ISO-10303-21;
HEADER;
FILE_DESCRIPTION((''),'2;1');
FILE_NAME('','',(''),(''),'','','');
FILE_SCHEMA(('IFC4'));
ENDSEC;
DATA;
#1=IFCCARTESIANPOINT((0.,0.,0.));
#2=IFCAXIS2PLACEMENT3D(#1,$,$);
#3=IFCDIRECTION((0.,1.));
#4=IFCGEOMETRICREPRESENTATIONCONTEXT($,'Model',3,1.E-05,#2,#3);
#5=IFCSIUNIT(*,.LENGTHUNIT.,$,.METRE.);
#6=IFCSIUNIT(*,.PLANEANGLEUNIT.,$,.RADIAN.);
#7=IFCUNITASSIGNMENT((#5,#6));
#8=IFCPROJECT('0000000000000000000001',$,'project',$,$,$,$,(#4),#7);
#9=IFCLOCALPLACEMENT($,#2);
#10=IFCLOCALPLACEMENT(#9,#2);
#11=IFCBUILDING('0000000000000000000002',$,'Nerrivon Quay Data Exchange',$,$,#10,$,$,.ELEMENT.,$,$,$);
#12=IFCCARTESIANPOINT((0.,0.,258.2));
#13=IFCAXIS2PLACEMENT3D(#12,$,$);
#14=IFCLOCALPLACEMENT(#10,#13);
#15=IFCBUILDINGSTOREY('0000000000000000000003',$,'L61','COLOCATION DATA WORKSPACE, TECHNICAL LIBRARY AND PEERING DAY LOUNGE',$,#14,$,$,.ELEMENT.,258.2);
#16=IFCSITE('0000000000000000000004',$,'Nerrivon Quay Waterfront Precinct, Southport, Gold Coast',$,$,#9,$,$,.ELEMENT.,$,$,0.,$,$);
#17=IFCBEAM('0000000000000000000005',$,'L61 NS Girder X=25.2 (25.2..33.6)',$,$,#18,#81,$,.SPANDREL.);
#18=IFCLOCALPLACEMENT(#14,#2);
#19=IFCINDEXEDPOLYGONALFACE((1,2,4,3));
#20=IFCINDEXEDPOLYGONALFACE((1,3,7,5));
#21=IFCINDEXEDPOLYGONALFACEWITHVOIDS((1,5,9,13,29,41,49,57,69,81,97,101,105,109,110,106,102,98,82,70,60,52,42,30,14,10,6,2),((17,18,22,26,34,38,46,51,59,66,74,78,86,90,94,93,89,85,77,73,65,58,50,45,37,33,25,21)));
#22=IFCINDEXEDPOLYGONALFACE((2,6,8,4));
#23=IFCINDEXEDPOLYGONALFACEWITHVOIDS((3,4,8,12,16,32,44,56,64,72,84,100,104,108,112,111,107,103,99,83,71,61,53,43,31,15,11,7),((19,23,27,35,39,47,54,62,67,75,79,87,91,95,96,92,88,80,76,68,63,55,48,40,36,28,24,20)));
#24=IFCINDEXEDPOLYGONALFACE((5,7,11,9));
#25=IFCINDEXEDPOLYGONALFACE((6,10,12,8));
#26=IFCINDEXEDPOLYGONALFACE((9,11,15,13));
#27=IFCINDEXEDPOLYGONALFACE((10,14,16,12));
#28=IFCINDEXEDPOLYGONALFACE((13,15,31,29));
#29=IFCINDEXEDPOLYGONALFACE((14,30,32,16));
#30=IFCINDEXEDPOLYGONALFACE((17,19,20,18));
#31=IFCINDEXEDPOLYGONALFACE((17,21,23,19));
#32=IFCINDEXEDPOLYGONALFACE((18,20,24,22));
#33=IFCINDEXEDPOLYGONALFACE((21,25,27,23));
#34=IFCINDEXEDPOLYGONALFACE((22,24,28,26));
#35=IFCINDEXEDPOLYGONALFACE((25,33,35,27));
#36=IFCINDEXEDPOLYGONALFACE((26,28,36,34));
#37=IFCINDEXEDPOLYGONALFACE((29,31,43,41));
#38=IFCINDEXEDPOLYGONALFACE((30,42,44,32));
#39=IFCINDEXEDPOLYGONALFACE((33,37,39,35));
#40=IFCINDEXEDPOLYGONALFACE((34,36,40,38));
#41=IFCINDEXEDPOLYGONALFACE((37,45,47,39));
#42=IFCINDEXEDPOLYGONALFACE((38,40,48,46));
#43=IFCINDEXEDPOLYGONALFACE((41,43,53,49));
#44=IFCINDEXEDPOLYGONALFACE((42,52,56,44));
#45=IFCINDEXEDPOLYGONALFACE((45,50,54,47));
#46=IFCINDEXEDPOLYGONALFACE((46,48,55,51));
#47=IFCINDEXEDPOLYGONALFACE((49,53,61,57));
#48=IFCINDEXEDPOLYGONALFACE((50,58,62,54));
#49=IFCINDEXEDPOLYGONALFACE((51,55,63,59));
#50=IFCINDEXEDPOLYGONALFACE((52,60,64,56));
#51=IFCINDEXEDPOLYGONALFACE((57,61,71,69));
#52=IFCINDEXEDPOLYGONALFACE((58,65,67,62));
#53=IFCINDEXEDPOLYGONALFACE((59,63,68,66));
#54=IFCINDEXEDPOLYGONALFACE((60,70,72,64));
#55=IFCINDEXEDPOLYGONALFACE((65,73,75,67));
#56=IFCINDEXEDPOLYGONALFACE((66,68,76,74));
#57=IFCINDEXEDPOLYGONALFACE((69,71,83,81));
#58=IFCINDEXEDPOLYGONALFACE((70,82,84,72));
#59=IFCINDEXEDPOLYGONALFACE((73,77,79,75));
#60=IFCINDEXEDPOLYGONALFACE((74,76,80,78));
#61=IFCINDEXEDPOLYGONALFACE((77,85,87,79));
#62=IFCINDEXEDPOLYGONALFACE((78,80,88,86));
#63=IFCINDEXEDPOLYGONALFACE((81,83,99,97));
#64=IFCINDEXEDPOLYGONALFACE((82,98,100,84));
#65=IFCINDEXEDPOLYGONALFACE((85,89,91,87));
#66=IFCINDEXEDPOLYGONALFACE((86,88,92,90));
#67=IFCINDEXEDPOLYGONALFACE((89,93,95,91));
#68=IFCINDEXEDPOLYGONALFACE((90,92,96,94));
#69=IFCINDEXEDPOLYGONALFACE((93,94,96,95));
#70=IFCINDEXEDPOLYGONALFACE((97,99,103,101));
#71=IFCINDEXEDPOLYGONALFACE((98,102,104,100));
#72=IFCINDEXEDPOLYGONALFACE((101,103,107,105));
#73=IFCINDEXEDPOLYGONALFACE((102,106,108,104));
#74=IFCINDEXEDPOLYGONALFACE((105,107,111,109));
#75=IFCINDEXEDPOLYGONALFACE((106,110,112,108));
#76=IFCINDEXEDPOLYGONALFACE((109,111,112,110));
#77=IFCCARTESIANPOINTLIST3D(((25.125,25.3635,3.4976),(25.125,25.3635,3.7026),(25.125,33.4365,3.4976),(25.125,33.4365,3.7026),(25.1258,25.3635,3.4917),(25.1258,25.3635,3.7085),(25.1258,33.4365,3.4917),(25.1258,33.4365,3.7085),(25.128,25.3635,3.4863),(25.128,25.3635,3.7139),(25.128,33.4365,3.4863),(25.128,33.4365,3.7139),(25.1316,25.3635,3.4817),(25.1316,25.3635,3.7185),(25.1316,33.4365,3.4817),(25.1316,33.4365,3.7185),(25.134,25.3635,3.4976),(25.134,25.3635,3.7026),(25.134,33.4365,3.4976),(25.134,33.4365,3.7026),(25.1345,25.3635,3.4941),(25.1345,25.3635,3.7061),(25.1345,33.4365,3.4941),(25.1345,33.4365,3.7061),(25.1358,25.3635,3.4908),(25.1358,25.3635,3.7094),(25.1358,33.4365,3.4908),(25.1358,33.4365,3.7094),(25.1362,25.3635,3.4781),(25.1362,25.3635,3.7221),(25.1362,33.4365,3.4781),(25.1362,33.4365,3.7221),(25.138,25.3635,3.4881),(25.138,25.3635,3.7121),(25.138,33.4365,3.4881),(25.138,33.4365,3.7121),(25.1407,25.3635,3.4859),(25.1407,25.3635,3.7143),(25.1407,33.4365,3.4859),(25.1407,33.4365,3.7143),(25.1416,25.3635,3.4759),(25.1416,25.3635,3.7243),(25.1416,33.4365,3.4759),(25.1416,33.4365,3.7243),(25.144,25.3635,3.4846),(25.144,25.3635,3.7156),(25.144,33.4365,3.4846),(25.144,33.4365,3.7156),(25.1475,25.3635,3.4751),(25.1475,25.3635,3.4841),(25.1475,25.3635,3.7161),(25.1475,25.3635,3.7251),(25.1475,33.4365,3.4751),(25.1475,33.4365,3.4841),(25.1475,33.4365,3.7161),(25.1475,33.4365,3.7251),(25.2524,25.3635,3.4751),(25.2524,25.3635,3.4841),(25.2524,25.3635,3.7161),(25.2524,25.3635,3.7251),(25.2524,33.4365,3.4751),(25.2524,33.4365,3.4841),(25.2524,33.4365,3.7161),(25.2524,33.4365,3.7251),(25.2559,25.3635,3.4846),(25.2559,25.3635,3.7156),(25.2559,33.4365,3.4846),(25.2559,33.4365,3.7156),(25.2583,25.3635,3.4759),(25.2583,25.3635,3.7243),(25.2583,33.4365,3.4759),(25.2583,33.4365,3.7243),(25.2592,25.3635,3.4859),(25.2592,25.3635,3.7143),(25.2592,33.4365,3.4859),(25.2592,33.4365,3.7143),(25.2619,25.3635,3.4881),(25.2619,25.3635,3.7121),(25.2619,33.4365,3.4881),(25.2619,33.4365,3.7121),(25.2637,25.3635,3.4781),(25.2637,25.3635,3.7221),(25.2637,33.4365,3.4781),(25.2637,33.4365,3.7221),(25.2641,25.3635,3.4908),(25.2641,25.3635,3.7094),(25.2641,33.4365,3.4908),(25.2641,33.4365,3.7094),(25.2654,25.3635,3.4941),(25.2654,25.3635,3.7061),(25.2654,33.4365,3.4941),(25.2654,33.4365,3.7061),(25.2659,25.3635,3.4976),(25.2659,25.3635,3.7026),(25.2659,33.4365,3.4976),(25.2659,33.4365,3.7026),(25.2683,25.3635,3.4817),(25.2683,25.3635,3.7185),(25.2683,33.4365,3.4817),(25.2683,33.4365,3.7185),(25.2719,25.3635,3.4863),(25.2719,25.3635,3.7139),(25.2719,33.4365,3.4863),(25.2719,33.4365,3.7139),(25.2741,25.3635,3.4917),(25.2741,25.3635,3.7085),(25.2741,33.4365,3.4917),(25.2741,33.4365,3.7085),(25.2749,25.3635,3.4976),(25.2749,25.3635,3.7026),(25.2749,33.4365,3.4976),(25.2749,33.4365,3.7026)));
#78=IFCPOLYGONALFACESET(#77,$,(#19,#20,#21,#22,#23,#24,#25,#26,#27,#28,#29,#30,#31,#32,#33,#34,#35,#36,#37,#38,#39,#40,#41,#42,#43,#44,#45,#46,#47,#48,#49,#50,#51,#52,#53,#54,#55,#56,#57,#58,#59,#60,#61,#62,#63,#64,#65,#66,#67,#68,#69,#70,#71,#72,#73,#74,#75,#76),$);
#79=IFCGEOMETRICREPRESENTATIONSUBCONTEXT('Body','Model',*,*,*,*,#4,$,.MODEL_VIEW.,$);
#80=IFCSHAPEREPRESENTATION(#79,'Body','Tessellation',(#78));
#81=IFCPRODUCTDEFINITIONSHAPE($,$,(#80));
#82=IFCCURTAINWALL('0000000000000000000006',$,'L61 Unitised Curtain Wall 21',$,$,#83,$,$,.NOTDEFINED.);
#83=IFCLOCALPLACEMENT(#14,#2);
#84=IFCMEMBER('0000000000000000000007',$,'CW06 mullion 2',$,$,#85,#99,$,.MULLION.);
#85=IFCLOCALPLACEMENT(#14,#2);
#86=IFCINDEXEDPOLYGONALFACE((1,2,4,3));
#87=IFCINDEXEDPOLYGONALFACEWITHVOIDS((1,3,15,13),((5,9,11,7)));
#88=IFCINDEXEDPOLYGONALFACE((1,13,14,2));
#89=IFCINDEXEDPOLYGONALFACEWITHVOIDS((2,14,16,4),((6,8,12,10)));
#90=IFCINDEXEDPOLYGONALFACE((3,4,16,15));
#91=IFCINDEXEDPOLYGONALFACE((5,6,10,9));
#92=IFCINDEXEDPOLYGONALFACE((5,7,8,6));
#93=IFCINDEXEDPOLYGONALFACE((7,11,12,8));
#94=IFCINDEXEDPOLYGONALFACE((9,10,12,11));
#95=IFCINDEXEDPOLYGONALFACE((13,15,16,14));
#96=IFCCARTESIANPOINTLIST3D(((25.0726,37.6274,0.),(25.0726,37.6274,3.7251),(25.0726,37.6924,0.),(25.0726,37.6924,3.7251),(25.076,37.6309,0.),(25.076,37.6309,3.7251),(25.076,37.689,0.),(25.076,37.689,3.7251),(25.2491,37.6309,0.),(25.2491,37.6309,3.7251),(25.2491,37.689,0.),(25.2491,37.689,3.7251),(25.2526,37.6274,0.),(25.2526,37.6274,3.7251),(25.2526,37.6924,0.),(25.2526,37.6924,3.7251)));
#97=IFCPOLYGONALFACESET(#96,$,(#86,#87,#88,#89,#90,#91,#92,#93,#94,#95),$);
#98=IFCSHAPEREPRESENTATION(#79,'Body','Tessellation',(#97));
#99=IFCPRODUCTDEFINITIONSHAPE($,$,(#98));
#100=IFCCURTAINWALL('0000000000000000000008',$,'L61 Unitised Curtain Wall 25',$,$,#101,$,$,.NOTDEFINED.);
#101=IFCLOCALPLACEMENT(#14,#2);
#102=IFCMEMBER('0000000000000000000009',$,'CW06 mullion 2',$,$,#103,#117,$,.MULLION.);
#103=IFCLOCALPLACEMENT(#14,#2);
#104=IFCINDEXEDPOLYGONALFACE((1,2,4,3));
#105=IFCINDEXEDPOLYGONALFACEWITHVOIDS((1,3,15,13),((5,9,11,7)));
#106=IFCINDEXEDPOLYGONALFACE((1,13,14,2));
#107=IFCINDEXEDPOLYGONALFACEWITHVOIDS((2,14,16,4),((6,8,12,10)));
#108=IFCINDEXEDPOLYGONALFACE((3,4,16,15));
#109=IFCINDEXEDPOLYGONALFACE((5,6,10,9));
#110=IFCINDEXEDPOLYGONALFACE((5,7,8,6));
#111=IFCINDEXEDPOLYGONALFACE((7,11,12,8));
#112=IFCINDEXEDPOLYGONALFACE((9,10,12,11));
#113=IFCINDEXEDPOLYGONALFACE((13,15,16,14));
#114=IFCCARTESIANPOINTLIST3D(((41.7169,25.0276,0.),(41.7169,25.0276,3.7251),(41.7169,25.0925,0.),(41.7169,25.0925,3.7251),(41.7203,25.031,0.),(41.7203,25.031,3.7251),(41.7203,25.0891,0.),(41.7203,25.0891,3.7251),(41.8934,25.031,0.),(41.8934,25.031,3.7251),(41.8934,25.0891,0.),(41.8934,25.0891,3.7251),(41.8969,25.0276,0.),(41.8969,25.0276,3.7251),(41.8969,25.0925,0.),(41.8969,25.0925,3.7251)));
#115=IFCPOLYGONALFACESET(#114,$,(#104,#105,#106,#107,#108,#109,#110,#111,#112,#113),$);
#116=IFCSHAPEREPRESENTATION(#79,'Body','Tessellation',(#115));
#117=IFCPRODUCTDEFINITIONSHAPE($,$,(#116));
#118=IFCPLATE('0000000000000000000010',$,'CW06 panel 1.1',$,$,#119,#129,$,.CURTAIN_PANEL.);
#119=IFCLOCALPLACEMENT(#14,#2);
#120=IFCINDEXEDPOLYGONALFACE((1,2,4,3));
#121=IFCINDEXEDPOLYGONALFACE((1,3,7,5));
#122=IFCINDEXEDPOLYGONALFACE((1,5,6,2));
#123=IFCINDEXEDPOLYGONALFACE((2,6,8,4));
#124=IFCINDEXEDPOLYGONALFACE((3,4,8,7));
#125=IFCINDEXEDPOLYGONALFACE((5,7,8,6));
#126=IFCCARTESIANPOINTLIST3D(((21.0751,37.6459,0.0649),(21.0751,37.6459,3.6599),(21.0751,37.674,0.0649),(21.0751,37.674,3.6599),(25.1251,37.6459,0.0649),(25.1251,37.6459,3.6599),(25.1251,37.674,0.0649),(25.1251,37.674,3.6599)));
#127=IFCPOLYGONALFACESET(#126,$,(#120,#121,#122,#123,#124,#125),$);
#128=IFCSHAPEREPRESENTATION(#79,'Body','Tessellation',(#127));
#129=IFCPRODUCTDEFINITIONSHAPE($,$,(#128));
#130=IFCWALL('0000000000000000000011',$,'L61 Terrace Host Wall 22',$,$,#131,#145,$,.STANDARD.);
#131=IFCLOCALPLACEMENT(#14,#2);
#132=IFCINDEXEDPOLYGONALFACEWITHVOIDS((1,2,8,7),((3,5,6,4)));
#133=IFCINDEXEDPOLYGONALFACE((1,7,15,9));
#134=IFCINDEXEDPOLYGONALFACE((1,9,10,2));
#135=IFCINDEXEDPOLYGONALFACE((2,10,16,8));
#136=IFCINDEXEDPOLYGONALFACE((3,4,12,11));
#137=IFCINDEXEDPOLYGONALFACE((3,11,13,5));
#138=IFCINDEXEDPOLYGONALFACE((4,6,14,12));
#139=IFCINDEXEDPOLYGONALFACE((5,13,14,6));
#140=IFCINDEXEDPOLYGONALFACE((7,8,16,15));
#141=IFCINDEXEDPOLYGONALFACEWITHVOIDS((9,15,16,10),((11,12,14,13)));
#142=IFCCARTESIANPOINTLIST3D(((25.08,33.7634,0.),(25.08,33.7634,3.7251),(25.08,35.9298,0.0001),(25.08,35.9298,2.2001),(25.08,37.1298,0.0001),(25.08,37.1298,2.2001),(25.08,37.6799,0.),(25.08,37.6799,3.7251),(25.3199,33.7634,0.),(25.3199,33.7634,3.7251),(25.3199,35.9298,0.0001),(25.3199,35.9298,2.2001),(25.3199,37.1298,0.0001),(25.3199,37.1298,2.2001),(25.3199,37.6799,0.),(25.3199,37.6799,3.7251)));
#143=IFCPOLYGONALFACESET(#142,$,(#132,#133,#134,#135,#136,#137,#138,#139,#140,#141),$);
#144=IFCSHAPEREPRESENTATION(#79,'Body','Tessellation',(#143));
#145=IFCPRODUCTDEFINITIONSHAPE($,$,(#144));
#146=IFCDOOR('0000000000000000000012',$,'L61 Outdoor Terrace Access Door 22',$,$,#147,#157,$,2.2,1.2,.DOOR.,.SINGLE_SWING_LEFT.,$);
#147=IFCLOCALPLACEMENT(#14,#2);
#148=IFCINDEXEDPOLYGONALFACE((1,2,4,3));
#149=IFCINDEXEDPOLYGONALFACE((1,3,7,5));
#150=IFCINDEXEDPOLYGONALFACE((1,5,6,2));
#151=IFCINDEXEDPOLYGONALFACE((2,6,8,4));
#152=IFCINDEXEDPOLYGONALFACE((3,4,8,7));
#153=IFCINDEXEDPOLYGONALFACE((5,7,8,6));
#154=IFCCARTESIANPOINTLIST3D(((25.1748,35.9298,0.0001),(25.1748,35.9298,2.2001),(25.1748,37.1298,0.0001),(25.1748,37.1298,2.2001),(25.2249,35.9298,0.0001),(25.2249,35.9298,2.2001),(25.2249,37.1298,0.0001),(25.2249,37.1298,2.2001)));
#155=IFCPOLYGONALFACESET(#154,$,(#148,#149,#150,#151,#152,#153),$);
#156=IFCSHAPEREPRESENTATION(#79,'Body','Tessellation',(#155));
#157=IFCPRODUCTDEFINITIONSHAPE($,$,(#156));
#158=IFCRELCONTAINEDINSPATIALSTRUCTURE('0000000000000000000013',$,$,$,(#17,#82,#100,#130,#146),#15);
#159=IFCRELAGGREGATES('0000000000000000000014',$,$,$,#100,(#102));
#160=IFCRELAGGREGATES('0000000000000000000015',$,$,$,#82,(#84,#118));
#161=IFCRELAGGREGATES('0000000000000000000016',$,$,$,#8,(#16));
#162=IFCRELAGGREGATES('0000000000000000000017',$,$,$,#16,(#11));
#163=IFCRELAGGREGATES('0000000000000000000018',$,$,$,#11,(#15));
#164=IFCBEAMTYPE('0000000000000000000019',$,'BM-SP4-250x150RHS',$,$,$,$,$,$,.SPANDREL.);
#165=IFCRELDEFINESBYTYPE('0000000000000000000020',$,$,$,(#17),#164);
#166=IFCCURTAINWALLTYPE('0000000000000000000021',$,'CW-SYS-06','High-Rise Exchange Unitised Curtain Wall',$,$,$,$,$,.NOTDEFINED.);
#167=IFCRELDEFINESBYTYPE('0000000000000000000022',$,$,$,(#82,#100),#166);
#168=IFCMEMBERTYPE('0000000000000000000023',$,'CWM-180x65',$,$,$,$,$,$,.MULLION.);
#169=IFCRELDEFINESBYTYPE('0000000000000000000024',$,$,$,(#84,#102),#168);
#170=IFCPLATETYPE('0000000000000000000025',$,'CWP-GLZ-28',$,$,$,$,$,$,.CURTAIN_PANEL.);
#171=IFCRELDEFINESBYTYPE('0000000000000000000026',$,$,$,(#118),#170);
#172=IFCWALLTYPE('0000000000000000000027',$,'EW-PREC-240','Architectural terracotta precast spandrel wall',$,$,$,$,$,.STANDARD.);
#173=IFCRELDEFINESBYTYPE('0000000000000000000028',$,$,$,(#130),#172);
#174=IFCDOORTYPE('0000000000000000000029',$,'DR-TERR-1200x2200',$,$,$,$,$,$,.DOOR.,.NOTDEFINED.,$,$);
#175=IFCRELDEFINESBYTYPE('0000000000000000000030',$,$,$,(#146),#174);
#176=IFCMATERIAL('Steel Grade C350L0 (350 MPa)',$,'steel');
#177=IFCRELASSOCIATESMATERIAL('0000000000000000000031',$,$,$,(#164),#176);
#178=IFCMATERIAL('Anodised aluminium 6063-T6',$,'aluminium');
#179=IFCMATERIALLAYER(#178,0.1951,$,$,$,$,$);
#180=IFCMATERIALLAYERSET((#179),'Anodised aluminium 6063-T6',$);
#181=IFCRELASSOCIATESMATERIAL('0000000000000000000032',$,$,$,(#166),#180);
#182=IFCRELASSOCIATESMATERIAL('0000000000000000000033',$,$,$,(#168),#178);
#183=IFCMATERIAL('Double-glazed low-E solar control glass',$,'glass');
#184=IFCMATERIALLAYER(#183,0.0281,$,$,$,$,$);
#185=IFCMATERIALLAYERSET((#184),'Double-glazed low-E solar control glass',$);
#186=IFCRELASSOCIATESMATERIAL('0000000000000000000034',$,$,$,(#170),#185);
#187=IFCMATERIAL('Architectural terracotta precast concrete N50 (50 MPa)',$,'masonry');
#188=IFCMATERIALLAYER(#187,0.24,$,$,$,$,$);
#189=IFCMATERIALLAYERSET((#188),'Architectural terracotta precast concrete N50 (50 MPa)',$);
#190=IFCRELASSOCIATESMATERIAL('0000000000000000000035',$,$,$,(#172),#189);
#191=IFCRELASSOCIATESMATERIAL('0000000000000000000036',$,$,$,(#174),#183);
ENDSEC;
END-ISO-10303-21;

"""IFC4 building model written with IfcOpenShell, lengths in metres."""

from ifc_helpers import new_model, si_unit, direction, frame, frame_2d, origin, origin_2d, place, context, subcontext, project, spatial, rectangle, hollow_rectangle, extrude, material, layer, layer_set, material_profile, profile_set, type_object, element, fill, aggregate, save


model = new_model("IFC4")

# Units and contexts
model_context = context("Model", 3, precision=1e-05, world=origin(), true_north=direction((0.0, 1.0)))
body_context = subcontext(model_context, "Body", "Model", "MODEL_VIEW")
ifc_project = project(units=[si_unit("LENGTHUNIT", "METRE"), si_unit("PLANEANGLEUNIT", "RADIAN")], contexts=[model_context])

# Site, building, storey
site_placement = place(None, origin())
site = spatial("IfcSite", under=ifc_project, at=site_placement, Name="Nerrivon Quay Waterfront Precinct, Southport, Gold Coast", CompositionType="ELEMENT", RefElevation=0.0)
building_placement = place(site_placement, origin())
building = spatial("IfcBuilding", under=site, at=building_placement, Name="Nerrivon Quay Data Exchange", CompositionType="ELEMENT")
storey_placement = place(building_placement, frame((0.0, 0.0, 258.2)))
storey = spatial("IfcBuildingStorey", under=building, at=storey_placement, Name="L61", Description="COLOCATION DATA WORKSPACE, TECHNICAL LIBRARY AND PEERING DAY LOUNGE", CompositionType="ELEMENT", Elevation=258.2)

# Beam
ifc_material_1 = material(Name="Steel Grade C350L0 (350 MPa)", Category="steel")
ifc_material_profile_1 = material_profile(ifc_material_1, hollow_rectangle(XDim=0.1499, YDim=0.25, WallThickness=0.009, InnerFilletRadius=0.0134, OuterFilletRadius=0.0225, at=origin_2d()), Name="250x150x9.0RHS")
ifc_profile_set_1 = profile_set([ifc_material_profile_1], Name="Steel Grade C350L0 (350 MPa)")
beam_type = type_object("IfcBeamType", Name="BM-SP4-250x150RHS", PredefinedType="SPANDREL", material=ifc_profile_set_1)
beam_placement = place(storey_placement, frame((25.2, 25.3635, 3.6001), z_axis=(0.0, 1.0, 0.0), x_axis=(-1.0, 0.0, 0.0)))
element("IfcBeam", 1, at=beam_placement, inside=storey, type_object=beam_type, Name="L61 NS Girder X=25.2 (25.2..33.6)", PredefinedType="SPANDREL", context=body_context, shape_type="SweptSolid", body=[
    extrude(hollow_rectangle(XDim=0.1499, YDim=0.25, WallThickness=0.009, InnerFilletRadius=0.0134, OuterFilletRadius=0.0225, at=origin_2d()), origin(), (0.0, 0.0, 1.0), 8.073),
])

# Curtain walls, members
ifc_material_2 = material(Name="Anodised aluminium 6063-T6", Category="aluminium")
ifc_layer_1 = layer(ifc_material_2, 0.1951)
ifc_layer_set_1 = layer_set([ifc_layer_1], Name="Anodised aluminium 6063-T6")
curtain_wall_type = type_object("IfcCurtainWallType", Name="CW-SYS-06", Description="High-Rise Exchange Unitised Curtain Wall", PredefinedType="NOTDEFINED", material=ifc_layer_set_1)
curtain_wall_1_placement = place(storey_placement, origin())
curtain_wall_1 = element("IfcCurtainWall", 2, at=curtain_wall_1_placement, inside=storey, type_object=curtain_wall_type, Name="L61 Unitised Curtain Wall 21", PredefinedType="NOTDEFINED")
ifc_material_profile_2 = material_profile(ifc_material_2, hollow_rectangle(XDim=0.0649, YDim=0.1799, WallThickness=0.0034, at=origin_2d()), Name="ALU-MULL-180x65")
ifc_profile_set_2 = profile_set([ifc_material_profile_2], Name="Anodised aluminium 6063-T6")
member_type = type_object("IfcMemberType", Name="CWM-180x65", PredefinedType="MULLION", material=ifc_profile_set_2)
member_1_placement = place(storey_placement, frame((25.1626, 37.6599, 0.0), z_axis=(0.0, 0.0, 1.0), x_axis=(0.0, 1.0, 0.0)))
member_1 = element("IfcMember", 3, at=member_1_placement, type_object=member_type, Name="CW06 mullion 2", PredefinedType="MULLION", context=body_context, shape_type="SweptSolid", body=[
    extrude(hollow_rectangle(XDim=0.0649, YDim=0.1799, WallThickness=0.0034, at=origin_2d()), origin(), (0.0, 0.0, 1.0), 3.7251),
])
curtain_wall_2_placement = place(storey_placement, origin())
curtain_wall_2 = element("IfcCurtainWall", 4, at=curtain_wall_2_placement, inside=storey, type_object=curtain_wall_type, Name="L61 Unitised Curtain Wall 25", PredefinedType="NOTDEFINED")
member_2_placement = place(storey_placement, frame((41.8069, 25.0601, 0.0), z_axis=(0.0, 0.0, 1.0), x_axis=(0.0, 1.0, 0.0)))
member_2 = element("IfcMember", 5, at=member_2_placement, type_object=member_type, Name="CW06 mullion 2", PredefinedType="MULLION", context=body_context, shape_type="SweptSolid", body=[
    extrude(hollow_rectangle(XDim=0.0649, YDim=0.1799, WallThickness=0.0034, at=origin_2d()), origin(), (0.0, 0.0, 1.0), 3.7251),
])
aggregate(curtain_wall_2, [member_2])

# Plate
ifc_material_3 = material(Name="Double-glazed low-E solar control glass", Category="glass")
ifc_layer_2 = layer(ifc_material_3, 0.0281)
ifc_layer_set_2 = layer_set([ifc_layer_2], Name="Double-glazed low-E solar control glass")
plate_type = type_object("IfcPlateType", Name="CWP-GLZ-28", PredefinedType="CURTAIN_PANEL", material=ifc_layer_set_2)
plate_placement = place(storey_placement, frame((23.1001, 37.6599, 0.0649), z_axis=(0.0, 0.0, 1.0), x_axis=(1.0, 0.0, 0.0)))
plate = element("IfcPlate", 6, at=plate_placement, type_object=plate_type, Name="CW06 panel 1.1", PredefinedType="CURTAIN_PANEL", context=body_context, shape_type="SweptSolid", body=[
    extrude(rectangle(XDim=4.05, YDim=0.0281, at=origin_2d()), origin(), (0.0, 0.0, 1.0), 3.595),
])
aggregate(curtain_wall_1, [member_1, plate])

# Wall, opening, door
ifc_material_4 = material(Name="Architectural terracotta precast concrete N50 (50 MPa)", Category="masonry")
ifc_layer_3 = layer(ifc_material_4, 0.24)
ifc_layer_set_3 = layer_set([ifc_layer_3], Name="Architectural terracotta precast concrete N50 (50 MPa)")
wall_type = type_object("IfcWallType", Name="EW-PREC-240", Description="Architectural terracotta precast spandrel wall", PredefinedType="STANDARD", material=ifc_layer_set_3)
wall_1_placement = place(storey_placement, frame((25.2, 37.6799, 0.0), z_axis=(0.0, 0.0, 1.0), x_axis=(0.0, -1.0, 0.0)))
wall_1 = element("IfcWall", 7, at=wall_1_placement, inside=storey, type_object=wall_type, Name="L61 Terrace Host Wall 22", PredefinedType="STANDARD", context=body_context, shape_type="SweptSolid", body=[
    extrude(rectangle(XDim=3.9165, YDim=0.24, at=frame_2d((1.9583, 0.0))), origin(), (0.0, 0.0, 1.0), 3.7251),
])
opening_1_placement = place(wall_1_placement, frame((0.55, 0.0, 0.0)))
opening_1 = element("IfcOpeningElement", 8, at=opening_1_placement, cuts=wall_1, PredefinedType="OPENING", context=body_context, shape_type="SweptSolid", body=[
    extrude(rectangle(XDim=1.2, YDim=2.2, at=frame_2d((0.6001, 1.1001))), frame((0.0, 0.1299, 0.0), z_axis=(0.0, -1.0, 0.0), x_axis=(1.0, 0.0, 0.0)), (0.0, 0.0, 1.0), 0.26),
])
door_type = type_object("IfcDoorType", Name="DR-TERR-1200x2200", OperationType="NOTDEFINED", PredefinedType="DOOR", material=ifc_material_3)
door_1_placement = place(opening_1_placement, origin())
door_1 = element("IfcDoor", 9, at=door_1_placement, inside=storey, type_object=door_type, Name="L61 Outdoor Terrace Access Door 22", OperationType="SINGLE_SWING_LEFT", OverallHeight=2.2, OverallWidth=1.2, PredefinedType="DOOR", context=body_context, shape_type="SweptSolid", body=[
    extrude(rectangle(XDim=1.2, YDim=2.2, at=frame_2d((0.6001, 1.1001))), frame((0.0, 0.0249, 0.0), z_axis=(0.0, -1.0, 0.0), x_axis=(1.0, 0.0, 0.0)), (0.0, 0.0, 1.0), 0.05),
])
fill(opening_1, door_1)

save(model, "model.ifc")
